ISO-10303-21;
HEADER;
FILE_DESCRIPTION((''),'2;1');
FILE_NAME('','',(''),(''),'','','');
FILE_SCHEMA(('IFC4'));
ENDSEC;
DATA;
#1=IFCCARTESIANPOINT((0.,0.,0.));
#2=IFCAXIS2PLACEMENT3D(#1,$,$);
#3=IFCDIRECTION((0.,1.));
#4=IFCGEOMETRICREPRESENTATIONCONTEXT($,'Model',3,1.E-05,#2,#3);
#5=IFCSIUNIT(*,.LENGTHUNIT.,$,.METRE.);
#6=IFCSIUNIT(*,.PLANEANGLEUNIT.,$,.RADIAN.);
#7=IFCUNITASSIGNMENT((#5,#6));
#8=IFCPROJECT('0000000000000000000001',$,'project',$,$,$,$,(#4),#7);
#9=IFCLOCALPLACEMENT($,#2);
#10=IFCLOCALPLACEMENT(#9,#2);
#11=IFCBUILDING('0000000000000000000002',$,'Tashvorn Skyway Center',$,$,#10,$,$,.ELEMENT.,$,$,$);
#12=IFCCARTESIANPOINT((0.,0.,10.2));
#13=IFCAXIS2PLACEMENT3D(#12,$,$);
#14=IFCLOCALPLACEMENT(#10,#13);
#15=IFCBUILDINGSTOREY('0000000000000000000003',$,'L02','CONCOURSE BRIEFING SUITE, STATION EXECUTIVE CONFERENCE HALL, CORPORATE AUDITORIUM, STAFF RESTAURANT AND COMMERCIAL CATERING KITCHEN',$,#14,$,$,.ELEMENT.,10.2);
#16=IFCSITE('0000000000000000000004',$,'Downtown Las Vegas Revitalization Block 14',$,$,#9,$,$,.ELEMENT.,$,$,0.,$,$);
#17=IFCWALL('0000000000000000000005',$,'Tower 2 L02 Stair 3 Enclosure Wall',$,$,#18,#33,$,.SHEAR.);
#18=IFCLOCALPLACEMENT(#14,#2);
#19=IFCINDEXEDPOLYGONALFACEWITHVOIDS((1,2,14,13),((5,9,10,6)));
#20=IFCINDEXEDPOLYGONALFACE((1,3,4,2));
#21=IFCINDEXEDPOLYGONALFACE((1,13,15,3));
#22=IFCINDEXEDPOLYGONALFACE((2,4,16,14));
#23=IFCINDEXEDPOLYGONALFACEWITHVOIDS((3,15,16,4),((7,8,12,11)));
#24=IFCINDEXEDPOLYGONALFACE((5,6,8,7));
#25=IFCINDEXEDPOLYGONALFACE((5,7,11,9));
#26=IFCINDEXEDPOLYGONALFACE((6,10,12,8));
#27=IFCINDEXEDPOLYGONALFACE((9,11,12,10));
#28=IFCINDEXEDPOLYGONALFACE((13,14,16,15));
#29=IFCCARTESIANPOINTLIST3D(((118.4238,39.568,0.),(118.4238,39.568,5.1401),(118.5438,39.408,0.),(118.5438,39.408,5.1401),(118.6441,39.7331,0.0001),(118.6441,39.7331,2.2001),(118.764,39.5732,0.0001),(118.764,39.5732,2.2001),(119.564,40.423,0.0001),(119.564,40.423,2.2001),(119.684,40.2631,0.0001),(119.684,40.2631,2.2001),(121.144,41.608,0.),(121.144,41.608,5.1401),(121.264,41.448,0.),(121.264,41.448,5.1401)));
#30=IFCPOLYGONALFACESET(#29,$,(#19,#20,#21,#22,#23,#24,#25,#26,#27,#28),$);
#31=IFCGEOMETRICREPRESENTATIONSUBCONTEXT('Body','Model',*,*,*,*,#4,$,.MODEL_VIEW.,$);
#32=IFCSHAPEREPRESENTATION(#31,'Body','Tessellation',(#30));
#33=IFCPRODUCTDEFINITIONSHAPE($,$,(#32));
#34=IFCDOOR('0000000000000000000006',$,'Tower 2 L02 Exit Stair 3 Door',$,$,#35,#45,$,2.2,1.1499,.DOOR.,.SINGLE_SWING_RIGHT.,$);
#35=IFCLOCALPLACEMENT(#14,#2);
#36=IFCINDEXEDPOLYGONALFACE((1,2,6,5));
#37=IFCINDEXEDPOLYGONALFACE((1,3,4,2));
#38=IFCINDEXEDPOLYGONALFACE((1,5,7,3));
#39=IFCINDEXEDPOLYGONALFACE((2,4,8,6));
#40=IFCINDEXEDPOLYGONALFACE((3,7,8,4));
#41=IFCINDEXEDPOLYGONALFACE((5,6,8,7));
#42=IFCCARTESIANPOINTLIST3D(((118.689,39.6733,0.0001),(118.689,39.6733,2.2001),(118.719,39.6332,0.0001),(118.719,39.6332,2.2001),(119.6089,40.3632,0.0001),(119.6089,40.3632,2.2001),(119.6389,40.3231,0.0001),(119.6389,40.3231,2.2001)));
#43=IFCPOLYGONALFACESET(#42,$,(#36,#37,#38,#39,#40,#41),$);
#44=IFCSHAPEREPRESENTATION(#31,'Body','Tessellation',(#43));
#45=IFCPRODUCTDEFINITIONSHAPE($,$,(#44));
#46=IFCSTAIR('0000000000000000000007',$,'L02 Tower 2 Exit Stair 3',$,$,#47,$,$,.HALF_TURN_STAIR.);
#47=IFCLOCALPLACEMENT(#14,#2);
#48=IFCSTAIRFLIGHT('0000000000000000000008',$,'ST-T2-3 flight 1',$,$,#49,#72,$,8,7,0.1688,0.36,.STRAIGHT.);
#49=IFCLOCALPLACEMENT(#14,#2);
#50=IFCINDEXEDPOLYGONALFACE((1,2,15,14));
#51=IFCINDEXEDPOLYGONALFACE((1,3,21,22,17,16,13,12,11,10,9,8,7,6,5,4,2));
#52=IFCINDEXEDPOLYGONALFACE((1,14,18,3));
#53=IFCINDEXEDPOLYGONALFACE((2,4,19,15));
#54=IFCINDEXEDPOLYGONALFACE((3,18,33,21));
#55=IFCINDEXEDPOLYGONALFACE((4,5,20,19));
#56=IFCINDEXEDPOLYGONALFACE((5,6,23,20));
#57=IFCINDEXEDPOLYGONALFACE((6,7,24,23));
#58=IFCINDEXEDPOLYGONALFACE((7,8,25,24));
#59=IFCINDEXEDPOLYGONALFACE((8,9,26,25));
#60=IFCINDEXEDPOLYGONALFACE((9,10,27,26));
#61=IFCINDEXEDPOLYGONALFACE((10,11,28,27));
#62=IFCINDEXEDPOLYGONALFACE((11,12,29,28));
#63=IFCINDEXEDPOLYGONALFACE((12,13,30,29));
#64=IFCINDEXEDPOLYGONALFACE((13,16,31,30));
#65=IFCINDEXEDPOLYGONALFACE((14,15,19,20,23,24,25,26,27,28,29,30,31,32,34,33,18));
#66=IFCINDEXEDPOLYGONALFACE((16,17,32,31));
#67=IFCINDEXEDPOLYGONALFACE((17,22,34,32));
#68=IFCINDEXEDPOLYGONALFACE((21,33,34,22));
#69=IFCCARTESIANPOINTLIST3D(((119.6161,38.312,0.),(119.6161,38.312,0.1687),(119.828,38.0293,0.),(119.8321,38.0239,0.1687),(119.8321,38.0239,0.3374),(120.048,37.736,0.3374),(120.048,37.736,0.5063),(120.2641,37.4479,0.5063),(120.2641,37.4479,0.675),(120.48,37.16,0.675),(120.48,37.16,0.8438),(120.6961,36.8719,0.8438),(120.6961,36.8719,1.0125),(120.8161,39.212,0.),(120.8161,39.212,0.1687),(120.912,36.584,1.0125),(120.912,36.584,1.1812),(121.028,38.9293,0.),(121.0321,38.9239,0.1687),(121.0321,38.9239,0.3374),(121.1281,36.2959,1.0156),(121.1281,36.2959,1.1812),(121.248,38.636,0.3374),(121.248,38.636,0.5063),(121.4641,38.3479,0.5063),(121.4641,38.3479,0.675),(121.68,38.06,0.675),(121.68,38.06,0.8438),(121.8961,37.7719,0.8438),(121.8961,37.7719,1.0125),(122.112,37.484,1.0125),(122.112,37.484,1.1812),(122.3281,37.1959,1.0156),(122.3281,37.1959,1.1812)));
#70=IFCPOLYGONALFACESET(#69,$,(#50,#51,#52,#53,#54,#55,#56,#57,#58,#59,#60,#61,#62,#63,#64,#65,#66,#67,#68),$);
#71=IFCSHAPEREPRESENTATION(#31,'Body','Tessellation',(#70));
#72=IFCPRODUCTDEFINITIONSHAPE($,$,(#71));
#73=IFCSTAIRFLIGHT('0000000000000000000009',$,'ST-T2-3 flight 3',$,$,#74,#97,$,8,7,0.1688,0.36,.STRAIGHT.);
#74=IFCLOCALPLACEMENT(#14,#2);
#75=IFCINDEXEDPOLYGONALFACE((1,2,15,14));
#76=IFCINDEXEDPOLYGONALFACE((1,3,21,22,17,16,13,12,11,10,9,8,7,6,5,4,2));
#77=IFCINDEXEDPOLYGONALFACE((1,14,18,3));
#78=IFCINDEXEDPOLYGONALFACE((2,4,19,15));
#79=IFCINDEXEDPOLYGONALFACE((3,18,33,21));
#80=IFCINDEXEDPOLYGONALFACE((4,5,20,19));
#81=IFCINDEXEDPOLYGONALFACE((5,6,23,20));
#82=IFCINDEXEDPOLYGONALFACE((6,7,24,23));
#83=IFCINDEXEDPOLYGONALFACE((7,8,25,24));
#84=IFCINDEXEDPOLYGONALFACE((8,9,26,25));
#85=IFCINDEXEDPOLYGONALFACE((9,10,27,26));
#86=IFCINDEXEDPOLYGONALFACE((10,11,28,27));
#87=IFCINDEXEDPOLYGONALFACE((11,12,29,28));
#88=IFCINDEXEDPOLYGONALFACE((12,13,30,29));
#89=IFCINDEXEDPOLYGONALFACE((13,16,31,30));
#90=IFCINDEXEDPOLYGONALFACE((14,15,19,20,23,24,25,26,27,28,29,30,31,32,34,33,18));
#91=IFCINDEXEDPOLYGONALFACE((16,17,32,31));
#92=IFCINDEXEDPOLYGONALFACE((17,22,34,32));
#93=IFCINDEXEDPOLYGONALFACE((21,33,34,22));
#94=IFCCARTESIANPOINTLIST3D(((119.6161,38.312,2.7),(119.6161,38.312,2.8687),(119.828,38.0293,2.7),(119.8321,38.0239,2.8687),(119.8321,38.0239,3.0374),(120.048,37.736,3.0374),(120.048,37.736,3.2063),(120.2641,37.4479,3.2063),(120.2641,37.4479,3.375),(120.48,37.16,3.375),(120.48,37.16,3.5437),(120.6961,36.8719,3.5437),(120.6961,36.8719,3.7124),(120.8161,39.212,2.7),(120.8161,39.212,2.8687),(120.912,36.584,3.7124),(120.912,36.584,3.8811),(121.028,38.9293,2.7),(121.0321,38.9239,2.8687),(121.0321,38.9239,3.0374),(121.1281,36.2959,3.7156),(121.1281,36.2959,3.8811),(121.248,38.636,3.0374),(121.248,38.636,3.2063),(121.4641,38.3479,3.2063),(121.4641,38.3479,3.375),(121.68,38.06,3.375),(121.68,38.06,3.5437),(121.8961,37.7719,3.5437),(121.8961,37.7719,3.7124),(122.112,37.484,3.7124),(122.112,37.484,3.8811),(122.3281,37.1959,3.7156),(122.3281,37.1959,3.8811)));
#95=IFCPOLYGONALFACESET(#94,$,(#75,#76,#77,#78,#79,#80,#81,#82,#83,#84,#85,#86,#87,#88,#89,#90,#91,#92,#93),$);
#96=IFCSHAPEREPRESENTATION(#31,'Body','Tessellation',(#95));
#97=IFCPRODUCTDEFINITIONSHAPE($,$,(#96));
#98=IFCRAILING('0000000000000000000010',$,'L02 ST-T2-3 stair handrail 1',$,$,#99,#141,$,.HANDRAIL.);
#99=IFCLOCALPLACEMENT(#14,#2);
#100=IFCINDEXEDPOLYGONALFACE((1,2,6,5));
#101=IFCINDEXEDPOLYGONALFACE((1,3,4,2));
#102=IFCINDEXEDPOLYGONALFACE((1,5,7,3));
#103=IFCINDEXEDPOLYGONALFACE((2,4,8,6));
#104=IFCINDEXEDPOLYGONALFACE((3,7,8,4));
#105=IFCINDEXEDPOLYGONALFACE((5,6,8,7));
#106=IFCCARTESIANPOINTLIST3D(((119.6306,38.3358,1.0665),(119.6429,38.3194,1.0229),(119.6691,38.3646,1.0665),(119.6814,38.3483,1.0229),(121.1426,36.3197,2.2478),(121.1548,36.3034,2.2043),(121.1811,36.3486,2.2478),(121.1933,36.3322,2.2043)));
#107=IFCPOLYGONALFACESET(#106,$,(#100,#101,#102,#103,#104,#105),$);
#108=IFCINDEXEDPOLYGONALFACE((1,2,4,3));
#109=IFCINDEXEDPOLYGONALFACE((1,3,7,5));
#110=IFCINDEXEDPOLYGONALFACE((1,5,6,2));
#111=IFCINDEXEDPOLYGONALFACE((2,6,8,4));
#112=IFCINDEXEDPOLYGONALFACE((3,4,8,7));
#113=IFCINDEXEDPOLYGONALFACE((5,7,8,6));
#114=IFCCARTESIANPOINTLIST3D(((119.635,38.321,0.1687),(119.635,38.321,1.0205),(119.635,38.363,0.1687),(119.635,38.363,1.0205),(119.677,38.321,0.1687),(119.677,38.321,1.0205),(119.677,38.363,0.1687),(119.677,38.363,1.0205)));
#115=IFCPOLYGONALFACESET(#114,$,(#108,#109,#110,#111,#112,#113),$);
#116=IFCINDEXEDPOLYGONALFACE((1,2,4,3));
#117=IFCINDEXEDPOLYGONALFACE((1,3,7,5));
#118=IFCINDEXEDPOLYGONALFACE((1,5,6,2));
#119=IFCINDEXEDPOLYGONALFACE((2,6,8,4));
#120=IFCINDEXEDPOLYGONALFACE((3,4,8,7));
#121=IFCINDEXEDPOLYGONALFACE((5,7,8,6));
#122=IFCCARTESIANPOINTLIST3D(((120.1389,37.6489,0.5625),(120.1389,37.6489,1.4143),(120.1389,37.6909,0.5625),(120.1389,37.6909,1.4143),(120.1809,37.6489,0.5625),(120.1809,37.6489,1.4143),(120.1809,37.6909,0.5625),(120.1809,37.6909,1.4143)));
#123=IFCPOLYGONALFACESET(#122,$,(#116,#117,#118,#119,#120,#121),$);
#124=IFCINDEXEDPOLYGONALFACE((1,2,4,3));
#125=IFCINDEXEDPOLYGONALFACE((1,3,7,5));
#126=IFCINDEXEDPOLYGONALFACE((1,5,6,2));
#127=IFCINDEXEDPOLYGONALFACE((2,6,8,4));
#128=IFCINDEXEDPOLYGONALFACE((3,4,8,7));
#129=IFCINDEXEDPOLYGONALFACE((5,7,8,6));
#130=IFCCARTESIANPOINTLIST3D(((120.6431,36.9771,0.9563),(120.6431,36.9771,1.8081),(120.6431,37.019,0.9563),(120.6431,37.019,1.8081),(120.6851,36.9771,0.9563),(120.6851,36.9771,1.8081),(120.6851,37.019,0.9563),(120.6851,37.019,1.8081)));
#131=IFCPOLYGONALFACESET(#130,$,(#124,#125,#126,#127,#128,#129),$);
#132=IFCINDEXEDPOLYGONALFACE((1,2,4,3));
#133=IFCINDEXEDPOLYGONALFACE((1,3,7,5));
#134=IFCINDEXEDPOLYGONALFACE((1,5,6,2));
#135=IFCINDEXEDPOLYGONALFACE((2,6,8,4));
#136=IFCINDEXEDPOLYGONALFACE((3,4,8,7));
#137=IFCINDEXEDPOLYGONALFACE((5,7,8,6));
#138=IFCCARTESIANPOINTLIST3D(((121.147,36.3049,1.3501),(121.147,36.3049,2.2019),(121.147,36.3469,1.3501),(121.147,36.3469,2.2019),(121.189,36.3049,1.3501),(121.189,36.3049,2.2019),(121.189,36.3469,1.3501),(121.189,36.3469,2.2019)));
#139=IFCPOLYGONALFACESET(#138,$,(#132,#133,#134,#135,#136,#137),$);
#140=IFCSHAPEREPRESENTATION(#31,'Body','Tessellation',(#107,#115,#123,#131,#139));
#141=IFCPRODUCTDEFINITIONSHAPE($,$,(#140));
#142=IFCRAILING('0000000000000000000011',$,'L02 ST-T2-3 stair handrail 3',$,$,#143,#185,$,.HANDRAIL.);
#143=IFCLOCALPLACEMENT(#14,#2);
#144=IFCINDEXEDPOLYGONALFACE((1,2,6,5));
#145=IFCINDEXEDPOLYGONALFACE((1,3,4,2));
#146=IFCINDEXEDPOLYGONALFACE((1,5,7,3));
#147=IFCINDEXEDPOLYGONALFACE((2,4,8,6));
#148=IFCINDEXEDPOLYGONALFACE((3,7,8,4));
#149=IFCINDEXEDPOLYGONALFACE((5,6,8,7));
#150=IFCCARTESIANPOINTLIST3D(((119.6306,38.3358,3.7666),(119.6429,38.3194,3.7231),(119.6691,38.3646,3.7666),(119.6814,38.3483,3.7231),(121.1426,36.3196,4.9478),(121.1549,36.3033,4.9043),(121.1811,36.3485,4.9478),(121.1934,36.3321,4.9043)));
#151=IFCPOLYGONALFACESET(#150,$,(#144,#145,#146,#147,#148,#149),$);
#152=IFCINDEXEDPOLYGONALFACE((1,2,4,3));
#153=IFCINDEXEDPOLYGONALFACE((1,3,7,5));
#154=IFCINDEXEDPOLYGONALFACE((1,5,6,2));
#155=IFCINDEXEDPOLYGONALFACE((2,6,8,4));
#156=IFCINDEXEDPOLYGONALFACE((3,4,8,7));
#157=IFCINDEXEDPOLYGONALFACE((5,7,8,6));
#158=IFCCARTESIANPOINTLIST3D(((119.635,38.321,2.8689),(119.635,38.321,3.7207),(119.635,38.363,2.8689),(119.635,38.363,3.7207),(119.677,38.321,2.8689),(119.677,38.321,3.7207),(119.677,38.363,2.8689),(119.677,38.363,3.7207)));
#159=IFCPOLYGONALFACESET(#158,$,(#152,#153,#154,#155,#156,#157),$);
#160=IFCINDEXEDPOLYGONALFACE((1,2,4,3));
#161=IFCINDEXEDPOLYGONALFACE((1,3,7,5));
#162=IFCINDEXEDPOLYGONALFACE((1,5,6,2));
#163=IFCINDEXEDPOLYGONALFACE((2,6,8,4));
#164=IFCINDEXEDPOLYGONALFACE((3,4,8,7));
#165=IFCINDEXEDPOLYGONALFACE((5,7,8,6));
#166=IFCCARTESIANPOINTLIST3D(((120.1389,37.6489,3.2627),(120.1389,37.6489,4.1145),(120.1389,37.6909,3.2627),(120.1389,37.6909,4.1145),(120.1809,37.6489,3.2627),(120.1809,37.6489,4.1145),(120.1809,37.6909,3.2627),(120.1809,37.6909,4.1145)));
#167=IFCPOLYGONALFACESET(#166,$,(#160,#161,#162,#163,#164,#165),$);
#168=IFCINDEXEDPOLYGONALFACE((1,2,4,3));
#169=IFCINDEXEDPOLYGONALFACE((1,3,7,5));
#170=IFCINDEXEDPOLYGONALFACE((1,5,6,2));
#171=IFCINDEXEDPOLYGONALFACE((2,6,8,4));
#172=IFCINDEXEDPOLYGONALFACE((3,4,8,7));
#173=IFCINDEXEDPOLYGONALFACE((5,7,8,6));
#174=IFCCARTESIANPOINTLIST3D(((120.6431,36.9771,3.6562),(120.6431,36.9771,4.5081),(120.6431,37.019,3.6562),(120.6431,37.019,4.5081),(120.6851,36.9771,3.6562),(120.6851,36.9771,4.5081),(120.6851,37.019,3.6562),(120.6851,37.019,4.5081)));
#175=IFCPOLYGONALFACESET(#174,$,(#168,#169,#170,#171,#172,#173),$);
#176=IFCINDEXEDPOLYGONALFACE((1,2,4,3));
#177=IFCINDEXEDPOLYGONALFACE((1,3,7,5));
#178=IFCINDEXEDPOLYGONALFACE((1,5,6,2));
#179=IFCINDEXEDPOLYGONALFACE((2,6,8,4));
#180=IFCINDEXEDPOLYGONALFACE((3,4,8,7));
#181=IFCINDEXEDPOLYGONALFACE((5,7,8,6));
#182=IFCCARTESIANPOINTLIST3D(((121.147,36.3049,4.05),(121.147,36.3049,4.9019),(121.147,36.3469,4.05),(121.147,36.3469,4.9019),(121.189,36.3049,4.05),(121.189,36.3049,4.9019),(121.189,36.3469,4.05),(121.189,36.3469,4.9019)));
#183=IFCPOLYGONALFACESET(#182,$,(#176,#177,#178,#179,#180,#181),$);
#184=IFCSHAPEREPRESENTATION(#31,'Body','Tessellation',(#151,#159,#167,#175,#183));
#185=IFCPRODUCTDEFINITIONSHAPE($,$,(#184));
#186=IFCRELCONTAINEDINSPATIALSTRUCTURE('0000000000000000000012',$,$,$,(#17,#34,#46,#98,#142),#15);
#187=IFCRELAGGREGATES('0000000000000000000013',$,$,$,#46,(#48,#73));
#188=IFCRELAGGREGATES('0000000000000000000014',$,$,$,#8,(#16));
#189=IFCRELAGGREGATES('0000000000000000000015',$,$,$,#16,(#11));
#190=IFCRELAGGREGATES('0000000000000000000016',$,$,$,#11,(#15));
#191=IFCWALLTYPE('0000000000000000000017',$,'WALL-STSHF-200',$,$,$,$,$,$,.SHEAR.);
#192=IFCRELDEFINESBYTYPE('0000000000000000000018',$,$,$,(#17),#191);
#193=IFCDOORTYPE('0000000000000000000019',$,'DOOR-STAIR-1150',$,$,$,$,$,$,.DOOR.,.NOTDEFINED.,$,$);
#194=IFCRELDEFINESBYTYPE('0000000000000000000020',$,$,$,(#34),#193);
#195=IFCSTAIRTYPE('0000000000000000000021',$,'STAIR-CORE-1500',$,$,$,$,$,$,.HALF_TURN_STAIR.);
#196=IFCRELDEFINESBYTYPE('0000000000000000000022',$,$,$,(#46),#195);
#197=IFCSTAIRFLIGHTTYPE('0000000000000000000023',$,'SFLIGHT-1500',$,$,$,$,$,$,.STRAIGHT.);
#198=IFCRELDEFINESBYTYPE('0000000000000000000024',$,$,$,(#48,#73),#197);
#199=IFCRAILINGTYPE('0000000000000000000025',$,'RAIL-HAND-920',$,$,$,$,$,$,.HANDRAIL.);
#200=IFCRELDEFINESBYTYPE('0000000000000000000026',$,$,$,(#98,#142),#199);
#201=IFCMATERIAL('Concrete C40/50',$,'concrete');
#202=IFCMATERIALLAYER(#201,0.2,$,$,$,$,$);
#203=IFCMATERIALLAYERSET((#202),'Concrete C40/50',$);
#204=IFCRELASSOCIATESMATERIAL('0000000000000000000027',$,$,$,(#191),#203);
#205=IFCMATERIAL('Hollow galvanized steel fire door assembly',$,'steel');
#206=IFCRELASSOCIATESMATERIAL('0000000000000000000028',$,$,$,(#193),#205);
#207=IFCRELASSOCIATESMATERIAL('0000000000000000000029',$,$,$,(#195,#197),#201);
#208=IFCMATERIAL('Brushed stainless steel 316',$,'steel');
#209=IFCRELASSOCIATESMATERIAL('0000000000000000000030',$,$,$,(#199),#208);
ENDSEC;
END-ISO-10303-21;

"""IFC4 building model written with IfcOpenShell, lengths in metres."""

from ifc_helpers import new_model, si_unit, direction, frame, frame_2d, origin, origin_2d, place, context, subcontext, project, spatial, polyline, rectangle, outline, extrude, material, layer, layer_set, type_object, element, fill, aggregate, save


model = new_model("IFC4")

# Units and contexts
model_context = context("Model", 3, precision=1e-05, world=origin(), true_north=direction((0.0, 1.0)))
body_context = subcontext(model_context, "Body", "Model", "MODEL_VIEW")
ifc_project = project(units=[si_unit("LENGTHUNIT", "METRE"), si_unit("PLANEANGLEUNIT", "RADIAN")], contexts=[model_context])

# Site, building, storey
site_placement = place(None, origin())
site = spatial("IfcSite", under=ifc_project, at=site_placement, Name="Downtown Las Vegas Revitalization Block 14", CompositionType="ELEMENT", RefElevation=0.0)
building_placement = place(site_placement, origin())
building = spatial("IfcBuilding", under=site, at=building_placement, Name="Tashvorn Skyway Center", CompositionType="ELEMENT")
storey_placement = place(building_placement, frame((0.0, 0.0, 10.2)))
storey = spatial("IfcBuildingStorey", under=building, at=storey_placement, Name="L02", Description="CONCOURSE BRIEFING SUITE, STATION EXECUTIVE CONFERENCE HALL, CORPORATE AUDITORIUM, STAFF RESTAURANT AND COMMERCIAL CATERING KITCHEN", CompositionType="ELEMENT", Elevation=10.2)

# Shared definitions
ifc_material_1 = material(Name="Concrete C40/50", Category="concrete")

# Shared definitions
ifc_layer_1 = layer(ifc_material_1, 0.2)
ifc_layer_set_1 = layer_set([ifc_layer_1], Name="Concrete C40/50")
wall_type_1 = type_object("IfcWallType", Name="WALL-STSHF-200", PredefinedType="SHEAR", material=ifc_layer_set_1)
ifc_material_2 = material(Name="Hollow galvanized steel fire door assembly", Category="steel")
door_type = type_object("IfcDoorType", Name="DOOR-STAIR-1150", OperationType="NOTDEFINED", PredefinedType="DOOR", material=ifc_material_2)

# Wall, opening, door
wall_1_placement = place(storey_placement, frame((121.2041, 41.5281, 0.0), z_axis=(0.0, 0.0, 1.0), x_axis=(-0.800017, -0.599977, 0.0)))
wall_1 = element("IfcWall", 1, at=wall_1_placement, inside=storey, type_object=wall_type_1, Name="Tower 2 L02 Stair 3 Enclosure Wall", PredefinedType="SHEAR", context=body_context, shape_type="SweptSolid", body=[
    extrude(rectangle(XDim=3.4001, YDim=0.2, at=frame_2d((1.7002, 0.0))), origin(), (0.0, 0.0, 1.0), 5.1401),
])
opening_1_placement = place(wall_1_placement, frame((1.9751, 0.0, 0.0)))
opening_1 = element("IfcOpeningElement", 2, at=opening_1_placement, cuts=wall_1, PredefinedType="OPENING", context=body_context, shape_type="SweptSolid", body=[
    extrude(rectangle(XDim=1.1499, YDim=2.2, at=frame_2d((0.575, 1.1001))), frame((0.0, 0.1099, 0.0), z_axis=(0.0, -1.0, 0.0), x_axis=(1.0, 0.0, 0.0)), (0.0, 0.0, 1.0), 0.22),
])
door_1_placement = place(opening_1_placement, origin())
door_1 = element("IfcDoor", 3, at=door_1_placement, inside=storey, type_object=door_type, Name="Tower 2 L02 Exit Stair 3 Door", OperationType="SINGLE_SWING_RIGHT", OverallHeight=2.2, OverallWidth=1.1499, PredefinedType="DOOR", context=body_context, shape_type="SweptSolid", body=[
    extrude(rectangle(XDim=1.1499, YDim=2.2, at=frame_2d((0.575, 1.1001))), frame((0.0, 0.0249, 0.0), z_axis=(0.0, -1.0, 0.0), x_axis=(1.0, 0.0, 0.0)), (0.0, 0.0, 1.0), 0.05),
])
fill(opening_1, door_1)

# Stair, stair flights
stair_type = type_object("IfcStairType", Name="STAIR-CORE-1500", PredefinedType="HALF_TURN_STAIR", material=ifc_material_1)
stair_placement = place(storey_placement, origin())
stair = element("IfcStair", 4, at=stair_placement, inside=storey, type_object=stair_type, Name="L02 Tower 2 Exit Stair 3", PredefinedType="HALF_TURN_STAIR")
stair_flight_type = type_object("IfcStairFlightType", Name="SFLIGHT-1500", PredefinedType="STRAIGHT", material=ifc_material_1)
stair_flight_1_placement = place(storey_placement, frame((120.2161, 38.762, 0.0), z_axis=(0.0, 0.0, 1.0), x_axis=(0.6, -0.8, 0.0)))
stair_flight_1 = element("IfcStairFlight", 5, at=stair_flight_1_placement, type_object=stair_flight_type, Name="ST-T2-3 flight 1", NumberOfRisers=8, NumberOfTreads=7, PredefinedType="STRAIGHT", RiserHeight=0.1688, TreadLength=0.36, context=body_context, shape_type="SweptSolid", body=[
    extrude(outline(polyline([(0.0, 0.0), (0.0, 0.1687), (0.3601, 0.1687), (0.3601, 0.3374), (0.72, 0.3374), (0.72, 0.5063), (1.0801, 0.5063), (1.0801, 0.675), (1.4399, 0.675), (1.4399, 0.8438), (1.8, 0.8438), (1.8, 1.0125), (2.1599, 1.0125), (2.1599, 1.1812), (2.52, 1.1812), (2.52, 1.3501), (2.52, 1.0156), (0.3533, 0.0), (0.0, 0.0)])), frame((0.0, 0.75, 0.0), z_axis=(0.0, -1.0, 0.0), x_axis=(1.0, 0.0, 0.0)), (0.0, 0.0, 1.0), 1.5),
])
stair_flight_2_placement = place(storey_placement, frame((120.2161, 38.762, 2.7), z_axis=(0.0, 0.0, 1.0), x_axis=(0.6, -0.8, 0.0)))
stair_flight_2 = element("IfcStairFlight", 6, at=stair_flight_2_placement, type_object=stair_flight_type, Name="ST-T2-3 flight 3", NumberOfRisers=8, NumberOfTreads=7, PredefinedType="STRAIGHT", RiserHeight=0.1688, TreadLength=0.36, context=body_context, shape_type="SweptSolid", body=[
    extrude(outline(polyline([(0.0, 0.0), (0.0, 0.1687), (0.3601, 0.1687), (0.3601, 0.3374), (0.72, 0.3374), (0.72, 0.5063), (1.0801, 0.5063), (1.0801, 0.675), (1.4399, 0.675), (1.4399, 0.8438), (1.8, 0.8438), (1.8, 1.0125), (2.1599, 1.0125), (2.1599, 1.1812), (2.52, 1.1812), (2.52, 1.3501), (2.52, 1.0156), (0.3533, 0.0), (0.0, 0.0)])), frame((0.0, 0.75, 0.0), z_axis=(0.0, -1.0, 0.0), x_axis=(1.0, 0.0, 0.0)), (0.0, 0.0, 1.0), 1.5),
])
aggregate(stair, [stair_flight_1, stair_flight_2])

# Railings
ifc_material_3 = material(Name="Brushed stainless steel 316", Category="steel")
railing_type_1 = type_object("IfcRailingType", Name="RAIL-HAND-920", PredefinedType="HANDRAIL", material=ifc_material_3)
railing_1_placement = place(storey_placement, frame((119.656, 38.342, 0.1687)))
element("IfcRailing", 7, at=railing_1_placement, inside=storey, type_object=railing_type_1, Name="L02 ST-T2-3 stair handrail 1", PredefinedType="HANDRAIL", context=body_context, shape_type="SweptSolid", body=[
    extrude(rectangle(XDim=0.0481, YDim=0.0481, at=origin_2d()), frame((0.0, 0.0, 0.876), z_axis=(0.543238, -0.724376, 0.424468), x_axis=(0.800023, 0.599969, 0.0)), (0.0, 0.0, 1.0), 2.7832),
    extrude(rectangle(XDim=0.042, YDim=0.042, at=origin_2d()), origin(), (0.0, 0.0, 1.0), 0.8518),
    extrude(rectangle(XDim=0.042, YDim=0.042, at=origin_2d()), frame((0.5039, -0.6721, 0.3938)), (0.0, 0.0, 1.0), 0.8518),
    extrude(rectangle(XDim=0.042, YDim=0.042, at=origin_2d()), frame((1.0081, -1.344, 0.7876)), (0.0, 0.0, 1.0), 0.8518),
    extrude(rectangle(XDim=0.042, YDim=0.042, at=origin_2d()), frame((1.512, -2.0161, 1.1814)), (0.0, 0.0, 1.0), 0.8518),
])
railing_2_placement = place(storey_placement, frame((119.656, 38.342, 2.8689)))
element("IfcRailing", 8, at=railing_2_placement, inside=storey, type_object=railing_type_1, Name="L02 ST-T2-3 stair handrail 3", PredefinedType="HANDRAIL", context=body_context, shape_type="SweptSolid", body=[
    extrude(rectangle(XDim=0.0481, YDim=0.0481, at=origin_2d()), frame((0.0, 0.0, 0.876), z_axis=(0.543258, -0.724403, 0.424396), x_axis=(0.800023, 0.599969, 0.0)), (0.0, 0.0, 1.0), 2.7832),
    extrude(rectangle(XDim=0.042, YDim=0.042, at=origin_2d()), origin(), (0.0, 0.0, 1.0), 0.8518),
    extrude(rectangle(XDim=0.042, YDim=0.042, at=origin_2d()), frame((0.5039, -0.6721, 0.3938)), (0.0, 0.0, 1.0), 0.8518),
    extrude(rectangle(XDim=0.042, YDim=0.042, at=origin_2d()), frame((1.0081, -1.344, 0.7874)), (0.0, 0.0, 1.0), 0.8518),
    extrude(rectangle(XDim=0.042, YDim=0.042, at=origin_2d()), frame((1.512, -2.0161, 1.1812)), (0.0, 0.0, 1.0), 0.8518),
])

save(model, "model.ifc")
